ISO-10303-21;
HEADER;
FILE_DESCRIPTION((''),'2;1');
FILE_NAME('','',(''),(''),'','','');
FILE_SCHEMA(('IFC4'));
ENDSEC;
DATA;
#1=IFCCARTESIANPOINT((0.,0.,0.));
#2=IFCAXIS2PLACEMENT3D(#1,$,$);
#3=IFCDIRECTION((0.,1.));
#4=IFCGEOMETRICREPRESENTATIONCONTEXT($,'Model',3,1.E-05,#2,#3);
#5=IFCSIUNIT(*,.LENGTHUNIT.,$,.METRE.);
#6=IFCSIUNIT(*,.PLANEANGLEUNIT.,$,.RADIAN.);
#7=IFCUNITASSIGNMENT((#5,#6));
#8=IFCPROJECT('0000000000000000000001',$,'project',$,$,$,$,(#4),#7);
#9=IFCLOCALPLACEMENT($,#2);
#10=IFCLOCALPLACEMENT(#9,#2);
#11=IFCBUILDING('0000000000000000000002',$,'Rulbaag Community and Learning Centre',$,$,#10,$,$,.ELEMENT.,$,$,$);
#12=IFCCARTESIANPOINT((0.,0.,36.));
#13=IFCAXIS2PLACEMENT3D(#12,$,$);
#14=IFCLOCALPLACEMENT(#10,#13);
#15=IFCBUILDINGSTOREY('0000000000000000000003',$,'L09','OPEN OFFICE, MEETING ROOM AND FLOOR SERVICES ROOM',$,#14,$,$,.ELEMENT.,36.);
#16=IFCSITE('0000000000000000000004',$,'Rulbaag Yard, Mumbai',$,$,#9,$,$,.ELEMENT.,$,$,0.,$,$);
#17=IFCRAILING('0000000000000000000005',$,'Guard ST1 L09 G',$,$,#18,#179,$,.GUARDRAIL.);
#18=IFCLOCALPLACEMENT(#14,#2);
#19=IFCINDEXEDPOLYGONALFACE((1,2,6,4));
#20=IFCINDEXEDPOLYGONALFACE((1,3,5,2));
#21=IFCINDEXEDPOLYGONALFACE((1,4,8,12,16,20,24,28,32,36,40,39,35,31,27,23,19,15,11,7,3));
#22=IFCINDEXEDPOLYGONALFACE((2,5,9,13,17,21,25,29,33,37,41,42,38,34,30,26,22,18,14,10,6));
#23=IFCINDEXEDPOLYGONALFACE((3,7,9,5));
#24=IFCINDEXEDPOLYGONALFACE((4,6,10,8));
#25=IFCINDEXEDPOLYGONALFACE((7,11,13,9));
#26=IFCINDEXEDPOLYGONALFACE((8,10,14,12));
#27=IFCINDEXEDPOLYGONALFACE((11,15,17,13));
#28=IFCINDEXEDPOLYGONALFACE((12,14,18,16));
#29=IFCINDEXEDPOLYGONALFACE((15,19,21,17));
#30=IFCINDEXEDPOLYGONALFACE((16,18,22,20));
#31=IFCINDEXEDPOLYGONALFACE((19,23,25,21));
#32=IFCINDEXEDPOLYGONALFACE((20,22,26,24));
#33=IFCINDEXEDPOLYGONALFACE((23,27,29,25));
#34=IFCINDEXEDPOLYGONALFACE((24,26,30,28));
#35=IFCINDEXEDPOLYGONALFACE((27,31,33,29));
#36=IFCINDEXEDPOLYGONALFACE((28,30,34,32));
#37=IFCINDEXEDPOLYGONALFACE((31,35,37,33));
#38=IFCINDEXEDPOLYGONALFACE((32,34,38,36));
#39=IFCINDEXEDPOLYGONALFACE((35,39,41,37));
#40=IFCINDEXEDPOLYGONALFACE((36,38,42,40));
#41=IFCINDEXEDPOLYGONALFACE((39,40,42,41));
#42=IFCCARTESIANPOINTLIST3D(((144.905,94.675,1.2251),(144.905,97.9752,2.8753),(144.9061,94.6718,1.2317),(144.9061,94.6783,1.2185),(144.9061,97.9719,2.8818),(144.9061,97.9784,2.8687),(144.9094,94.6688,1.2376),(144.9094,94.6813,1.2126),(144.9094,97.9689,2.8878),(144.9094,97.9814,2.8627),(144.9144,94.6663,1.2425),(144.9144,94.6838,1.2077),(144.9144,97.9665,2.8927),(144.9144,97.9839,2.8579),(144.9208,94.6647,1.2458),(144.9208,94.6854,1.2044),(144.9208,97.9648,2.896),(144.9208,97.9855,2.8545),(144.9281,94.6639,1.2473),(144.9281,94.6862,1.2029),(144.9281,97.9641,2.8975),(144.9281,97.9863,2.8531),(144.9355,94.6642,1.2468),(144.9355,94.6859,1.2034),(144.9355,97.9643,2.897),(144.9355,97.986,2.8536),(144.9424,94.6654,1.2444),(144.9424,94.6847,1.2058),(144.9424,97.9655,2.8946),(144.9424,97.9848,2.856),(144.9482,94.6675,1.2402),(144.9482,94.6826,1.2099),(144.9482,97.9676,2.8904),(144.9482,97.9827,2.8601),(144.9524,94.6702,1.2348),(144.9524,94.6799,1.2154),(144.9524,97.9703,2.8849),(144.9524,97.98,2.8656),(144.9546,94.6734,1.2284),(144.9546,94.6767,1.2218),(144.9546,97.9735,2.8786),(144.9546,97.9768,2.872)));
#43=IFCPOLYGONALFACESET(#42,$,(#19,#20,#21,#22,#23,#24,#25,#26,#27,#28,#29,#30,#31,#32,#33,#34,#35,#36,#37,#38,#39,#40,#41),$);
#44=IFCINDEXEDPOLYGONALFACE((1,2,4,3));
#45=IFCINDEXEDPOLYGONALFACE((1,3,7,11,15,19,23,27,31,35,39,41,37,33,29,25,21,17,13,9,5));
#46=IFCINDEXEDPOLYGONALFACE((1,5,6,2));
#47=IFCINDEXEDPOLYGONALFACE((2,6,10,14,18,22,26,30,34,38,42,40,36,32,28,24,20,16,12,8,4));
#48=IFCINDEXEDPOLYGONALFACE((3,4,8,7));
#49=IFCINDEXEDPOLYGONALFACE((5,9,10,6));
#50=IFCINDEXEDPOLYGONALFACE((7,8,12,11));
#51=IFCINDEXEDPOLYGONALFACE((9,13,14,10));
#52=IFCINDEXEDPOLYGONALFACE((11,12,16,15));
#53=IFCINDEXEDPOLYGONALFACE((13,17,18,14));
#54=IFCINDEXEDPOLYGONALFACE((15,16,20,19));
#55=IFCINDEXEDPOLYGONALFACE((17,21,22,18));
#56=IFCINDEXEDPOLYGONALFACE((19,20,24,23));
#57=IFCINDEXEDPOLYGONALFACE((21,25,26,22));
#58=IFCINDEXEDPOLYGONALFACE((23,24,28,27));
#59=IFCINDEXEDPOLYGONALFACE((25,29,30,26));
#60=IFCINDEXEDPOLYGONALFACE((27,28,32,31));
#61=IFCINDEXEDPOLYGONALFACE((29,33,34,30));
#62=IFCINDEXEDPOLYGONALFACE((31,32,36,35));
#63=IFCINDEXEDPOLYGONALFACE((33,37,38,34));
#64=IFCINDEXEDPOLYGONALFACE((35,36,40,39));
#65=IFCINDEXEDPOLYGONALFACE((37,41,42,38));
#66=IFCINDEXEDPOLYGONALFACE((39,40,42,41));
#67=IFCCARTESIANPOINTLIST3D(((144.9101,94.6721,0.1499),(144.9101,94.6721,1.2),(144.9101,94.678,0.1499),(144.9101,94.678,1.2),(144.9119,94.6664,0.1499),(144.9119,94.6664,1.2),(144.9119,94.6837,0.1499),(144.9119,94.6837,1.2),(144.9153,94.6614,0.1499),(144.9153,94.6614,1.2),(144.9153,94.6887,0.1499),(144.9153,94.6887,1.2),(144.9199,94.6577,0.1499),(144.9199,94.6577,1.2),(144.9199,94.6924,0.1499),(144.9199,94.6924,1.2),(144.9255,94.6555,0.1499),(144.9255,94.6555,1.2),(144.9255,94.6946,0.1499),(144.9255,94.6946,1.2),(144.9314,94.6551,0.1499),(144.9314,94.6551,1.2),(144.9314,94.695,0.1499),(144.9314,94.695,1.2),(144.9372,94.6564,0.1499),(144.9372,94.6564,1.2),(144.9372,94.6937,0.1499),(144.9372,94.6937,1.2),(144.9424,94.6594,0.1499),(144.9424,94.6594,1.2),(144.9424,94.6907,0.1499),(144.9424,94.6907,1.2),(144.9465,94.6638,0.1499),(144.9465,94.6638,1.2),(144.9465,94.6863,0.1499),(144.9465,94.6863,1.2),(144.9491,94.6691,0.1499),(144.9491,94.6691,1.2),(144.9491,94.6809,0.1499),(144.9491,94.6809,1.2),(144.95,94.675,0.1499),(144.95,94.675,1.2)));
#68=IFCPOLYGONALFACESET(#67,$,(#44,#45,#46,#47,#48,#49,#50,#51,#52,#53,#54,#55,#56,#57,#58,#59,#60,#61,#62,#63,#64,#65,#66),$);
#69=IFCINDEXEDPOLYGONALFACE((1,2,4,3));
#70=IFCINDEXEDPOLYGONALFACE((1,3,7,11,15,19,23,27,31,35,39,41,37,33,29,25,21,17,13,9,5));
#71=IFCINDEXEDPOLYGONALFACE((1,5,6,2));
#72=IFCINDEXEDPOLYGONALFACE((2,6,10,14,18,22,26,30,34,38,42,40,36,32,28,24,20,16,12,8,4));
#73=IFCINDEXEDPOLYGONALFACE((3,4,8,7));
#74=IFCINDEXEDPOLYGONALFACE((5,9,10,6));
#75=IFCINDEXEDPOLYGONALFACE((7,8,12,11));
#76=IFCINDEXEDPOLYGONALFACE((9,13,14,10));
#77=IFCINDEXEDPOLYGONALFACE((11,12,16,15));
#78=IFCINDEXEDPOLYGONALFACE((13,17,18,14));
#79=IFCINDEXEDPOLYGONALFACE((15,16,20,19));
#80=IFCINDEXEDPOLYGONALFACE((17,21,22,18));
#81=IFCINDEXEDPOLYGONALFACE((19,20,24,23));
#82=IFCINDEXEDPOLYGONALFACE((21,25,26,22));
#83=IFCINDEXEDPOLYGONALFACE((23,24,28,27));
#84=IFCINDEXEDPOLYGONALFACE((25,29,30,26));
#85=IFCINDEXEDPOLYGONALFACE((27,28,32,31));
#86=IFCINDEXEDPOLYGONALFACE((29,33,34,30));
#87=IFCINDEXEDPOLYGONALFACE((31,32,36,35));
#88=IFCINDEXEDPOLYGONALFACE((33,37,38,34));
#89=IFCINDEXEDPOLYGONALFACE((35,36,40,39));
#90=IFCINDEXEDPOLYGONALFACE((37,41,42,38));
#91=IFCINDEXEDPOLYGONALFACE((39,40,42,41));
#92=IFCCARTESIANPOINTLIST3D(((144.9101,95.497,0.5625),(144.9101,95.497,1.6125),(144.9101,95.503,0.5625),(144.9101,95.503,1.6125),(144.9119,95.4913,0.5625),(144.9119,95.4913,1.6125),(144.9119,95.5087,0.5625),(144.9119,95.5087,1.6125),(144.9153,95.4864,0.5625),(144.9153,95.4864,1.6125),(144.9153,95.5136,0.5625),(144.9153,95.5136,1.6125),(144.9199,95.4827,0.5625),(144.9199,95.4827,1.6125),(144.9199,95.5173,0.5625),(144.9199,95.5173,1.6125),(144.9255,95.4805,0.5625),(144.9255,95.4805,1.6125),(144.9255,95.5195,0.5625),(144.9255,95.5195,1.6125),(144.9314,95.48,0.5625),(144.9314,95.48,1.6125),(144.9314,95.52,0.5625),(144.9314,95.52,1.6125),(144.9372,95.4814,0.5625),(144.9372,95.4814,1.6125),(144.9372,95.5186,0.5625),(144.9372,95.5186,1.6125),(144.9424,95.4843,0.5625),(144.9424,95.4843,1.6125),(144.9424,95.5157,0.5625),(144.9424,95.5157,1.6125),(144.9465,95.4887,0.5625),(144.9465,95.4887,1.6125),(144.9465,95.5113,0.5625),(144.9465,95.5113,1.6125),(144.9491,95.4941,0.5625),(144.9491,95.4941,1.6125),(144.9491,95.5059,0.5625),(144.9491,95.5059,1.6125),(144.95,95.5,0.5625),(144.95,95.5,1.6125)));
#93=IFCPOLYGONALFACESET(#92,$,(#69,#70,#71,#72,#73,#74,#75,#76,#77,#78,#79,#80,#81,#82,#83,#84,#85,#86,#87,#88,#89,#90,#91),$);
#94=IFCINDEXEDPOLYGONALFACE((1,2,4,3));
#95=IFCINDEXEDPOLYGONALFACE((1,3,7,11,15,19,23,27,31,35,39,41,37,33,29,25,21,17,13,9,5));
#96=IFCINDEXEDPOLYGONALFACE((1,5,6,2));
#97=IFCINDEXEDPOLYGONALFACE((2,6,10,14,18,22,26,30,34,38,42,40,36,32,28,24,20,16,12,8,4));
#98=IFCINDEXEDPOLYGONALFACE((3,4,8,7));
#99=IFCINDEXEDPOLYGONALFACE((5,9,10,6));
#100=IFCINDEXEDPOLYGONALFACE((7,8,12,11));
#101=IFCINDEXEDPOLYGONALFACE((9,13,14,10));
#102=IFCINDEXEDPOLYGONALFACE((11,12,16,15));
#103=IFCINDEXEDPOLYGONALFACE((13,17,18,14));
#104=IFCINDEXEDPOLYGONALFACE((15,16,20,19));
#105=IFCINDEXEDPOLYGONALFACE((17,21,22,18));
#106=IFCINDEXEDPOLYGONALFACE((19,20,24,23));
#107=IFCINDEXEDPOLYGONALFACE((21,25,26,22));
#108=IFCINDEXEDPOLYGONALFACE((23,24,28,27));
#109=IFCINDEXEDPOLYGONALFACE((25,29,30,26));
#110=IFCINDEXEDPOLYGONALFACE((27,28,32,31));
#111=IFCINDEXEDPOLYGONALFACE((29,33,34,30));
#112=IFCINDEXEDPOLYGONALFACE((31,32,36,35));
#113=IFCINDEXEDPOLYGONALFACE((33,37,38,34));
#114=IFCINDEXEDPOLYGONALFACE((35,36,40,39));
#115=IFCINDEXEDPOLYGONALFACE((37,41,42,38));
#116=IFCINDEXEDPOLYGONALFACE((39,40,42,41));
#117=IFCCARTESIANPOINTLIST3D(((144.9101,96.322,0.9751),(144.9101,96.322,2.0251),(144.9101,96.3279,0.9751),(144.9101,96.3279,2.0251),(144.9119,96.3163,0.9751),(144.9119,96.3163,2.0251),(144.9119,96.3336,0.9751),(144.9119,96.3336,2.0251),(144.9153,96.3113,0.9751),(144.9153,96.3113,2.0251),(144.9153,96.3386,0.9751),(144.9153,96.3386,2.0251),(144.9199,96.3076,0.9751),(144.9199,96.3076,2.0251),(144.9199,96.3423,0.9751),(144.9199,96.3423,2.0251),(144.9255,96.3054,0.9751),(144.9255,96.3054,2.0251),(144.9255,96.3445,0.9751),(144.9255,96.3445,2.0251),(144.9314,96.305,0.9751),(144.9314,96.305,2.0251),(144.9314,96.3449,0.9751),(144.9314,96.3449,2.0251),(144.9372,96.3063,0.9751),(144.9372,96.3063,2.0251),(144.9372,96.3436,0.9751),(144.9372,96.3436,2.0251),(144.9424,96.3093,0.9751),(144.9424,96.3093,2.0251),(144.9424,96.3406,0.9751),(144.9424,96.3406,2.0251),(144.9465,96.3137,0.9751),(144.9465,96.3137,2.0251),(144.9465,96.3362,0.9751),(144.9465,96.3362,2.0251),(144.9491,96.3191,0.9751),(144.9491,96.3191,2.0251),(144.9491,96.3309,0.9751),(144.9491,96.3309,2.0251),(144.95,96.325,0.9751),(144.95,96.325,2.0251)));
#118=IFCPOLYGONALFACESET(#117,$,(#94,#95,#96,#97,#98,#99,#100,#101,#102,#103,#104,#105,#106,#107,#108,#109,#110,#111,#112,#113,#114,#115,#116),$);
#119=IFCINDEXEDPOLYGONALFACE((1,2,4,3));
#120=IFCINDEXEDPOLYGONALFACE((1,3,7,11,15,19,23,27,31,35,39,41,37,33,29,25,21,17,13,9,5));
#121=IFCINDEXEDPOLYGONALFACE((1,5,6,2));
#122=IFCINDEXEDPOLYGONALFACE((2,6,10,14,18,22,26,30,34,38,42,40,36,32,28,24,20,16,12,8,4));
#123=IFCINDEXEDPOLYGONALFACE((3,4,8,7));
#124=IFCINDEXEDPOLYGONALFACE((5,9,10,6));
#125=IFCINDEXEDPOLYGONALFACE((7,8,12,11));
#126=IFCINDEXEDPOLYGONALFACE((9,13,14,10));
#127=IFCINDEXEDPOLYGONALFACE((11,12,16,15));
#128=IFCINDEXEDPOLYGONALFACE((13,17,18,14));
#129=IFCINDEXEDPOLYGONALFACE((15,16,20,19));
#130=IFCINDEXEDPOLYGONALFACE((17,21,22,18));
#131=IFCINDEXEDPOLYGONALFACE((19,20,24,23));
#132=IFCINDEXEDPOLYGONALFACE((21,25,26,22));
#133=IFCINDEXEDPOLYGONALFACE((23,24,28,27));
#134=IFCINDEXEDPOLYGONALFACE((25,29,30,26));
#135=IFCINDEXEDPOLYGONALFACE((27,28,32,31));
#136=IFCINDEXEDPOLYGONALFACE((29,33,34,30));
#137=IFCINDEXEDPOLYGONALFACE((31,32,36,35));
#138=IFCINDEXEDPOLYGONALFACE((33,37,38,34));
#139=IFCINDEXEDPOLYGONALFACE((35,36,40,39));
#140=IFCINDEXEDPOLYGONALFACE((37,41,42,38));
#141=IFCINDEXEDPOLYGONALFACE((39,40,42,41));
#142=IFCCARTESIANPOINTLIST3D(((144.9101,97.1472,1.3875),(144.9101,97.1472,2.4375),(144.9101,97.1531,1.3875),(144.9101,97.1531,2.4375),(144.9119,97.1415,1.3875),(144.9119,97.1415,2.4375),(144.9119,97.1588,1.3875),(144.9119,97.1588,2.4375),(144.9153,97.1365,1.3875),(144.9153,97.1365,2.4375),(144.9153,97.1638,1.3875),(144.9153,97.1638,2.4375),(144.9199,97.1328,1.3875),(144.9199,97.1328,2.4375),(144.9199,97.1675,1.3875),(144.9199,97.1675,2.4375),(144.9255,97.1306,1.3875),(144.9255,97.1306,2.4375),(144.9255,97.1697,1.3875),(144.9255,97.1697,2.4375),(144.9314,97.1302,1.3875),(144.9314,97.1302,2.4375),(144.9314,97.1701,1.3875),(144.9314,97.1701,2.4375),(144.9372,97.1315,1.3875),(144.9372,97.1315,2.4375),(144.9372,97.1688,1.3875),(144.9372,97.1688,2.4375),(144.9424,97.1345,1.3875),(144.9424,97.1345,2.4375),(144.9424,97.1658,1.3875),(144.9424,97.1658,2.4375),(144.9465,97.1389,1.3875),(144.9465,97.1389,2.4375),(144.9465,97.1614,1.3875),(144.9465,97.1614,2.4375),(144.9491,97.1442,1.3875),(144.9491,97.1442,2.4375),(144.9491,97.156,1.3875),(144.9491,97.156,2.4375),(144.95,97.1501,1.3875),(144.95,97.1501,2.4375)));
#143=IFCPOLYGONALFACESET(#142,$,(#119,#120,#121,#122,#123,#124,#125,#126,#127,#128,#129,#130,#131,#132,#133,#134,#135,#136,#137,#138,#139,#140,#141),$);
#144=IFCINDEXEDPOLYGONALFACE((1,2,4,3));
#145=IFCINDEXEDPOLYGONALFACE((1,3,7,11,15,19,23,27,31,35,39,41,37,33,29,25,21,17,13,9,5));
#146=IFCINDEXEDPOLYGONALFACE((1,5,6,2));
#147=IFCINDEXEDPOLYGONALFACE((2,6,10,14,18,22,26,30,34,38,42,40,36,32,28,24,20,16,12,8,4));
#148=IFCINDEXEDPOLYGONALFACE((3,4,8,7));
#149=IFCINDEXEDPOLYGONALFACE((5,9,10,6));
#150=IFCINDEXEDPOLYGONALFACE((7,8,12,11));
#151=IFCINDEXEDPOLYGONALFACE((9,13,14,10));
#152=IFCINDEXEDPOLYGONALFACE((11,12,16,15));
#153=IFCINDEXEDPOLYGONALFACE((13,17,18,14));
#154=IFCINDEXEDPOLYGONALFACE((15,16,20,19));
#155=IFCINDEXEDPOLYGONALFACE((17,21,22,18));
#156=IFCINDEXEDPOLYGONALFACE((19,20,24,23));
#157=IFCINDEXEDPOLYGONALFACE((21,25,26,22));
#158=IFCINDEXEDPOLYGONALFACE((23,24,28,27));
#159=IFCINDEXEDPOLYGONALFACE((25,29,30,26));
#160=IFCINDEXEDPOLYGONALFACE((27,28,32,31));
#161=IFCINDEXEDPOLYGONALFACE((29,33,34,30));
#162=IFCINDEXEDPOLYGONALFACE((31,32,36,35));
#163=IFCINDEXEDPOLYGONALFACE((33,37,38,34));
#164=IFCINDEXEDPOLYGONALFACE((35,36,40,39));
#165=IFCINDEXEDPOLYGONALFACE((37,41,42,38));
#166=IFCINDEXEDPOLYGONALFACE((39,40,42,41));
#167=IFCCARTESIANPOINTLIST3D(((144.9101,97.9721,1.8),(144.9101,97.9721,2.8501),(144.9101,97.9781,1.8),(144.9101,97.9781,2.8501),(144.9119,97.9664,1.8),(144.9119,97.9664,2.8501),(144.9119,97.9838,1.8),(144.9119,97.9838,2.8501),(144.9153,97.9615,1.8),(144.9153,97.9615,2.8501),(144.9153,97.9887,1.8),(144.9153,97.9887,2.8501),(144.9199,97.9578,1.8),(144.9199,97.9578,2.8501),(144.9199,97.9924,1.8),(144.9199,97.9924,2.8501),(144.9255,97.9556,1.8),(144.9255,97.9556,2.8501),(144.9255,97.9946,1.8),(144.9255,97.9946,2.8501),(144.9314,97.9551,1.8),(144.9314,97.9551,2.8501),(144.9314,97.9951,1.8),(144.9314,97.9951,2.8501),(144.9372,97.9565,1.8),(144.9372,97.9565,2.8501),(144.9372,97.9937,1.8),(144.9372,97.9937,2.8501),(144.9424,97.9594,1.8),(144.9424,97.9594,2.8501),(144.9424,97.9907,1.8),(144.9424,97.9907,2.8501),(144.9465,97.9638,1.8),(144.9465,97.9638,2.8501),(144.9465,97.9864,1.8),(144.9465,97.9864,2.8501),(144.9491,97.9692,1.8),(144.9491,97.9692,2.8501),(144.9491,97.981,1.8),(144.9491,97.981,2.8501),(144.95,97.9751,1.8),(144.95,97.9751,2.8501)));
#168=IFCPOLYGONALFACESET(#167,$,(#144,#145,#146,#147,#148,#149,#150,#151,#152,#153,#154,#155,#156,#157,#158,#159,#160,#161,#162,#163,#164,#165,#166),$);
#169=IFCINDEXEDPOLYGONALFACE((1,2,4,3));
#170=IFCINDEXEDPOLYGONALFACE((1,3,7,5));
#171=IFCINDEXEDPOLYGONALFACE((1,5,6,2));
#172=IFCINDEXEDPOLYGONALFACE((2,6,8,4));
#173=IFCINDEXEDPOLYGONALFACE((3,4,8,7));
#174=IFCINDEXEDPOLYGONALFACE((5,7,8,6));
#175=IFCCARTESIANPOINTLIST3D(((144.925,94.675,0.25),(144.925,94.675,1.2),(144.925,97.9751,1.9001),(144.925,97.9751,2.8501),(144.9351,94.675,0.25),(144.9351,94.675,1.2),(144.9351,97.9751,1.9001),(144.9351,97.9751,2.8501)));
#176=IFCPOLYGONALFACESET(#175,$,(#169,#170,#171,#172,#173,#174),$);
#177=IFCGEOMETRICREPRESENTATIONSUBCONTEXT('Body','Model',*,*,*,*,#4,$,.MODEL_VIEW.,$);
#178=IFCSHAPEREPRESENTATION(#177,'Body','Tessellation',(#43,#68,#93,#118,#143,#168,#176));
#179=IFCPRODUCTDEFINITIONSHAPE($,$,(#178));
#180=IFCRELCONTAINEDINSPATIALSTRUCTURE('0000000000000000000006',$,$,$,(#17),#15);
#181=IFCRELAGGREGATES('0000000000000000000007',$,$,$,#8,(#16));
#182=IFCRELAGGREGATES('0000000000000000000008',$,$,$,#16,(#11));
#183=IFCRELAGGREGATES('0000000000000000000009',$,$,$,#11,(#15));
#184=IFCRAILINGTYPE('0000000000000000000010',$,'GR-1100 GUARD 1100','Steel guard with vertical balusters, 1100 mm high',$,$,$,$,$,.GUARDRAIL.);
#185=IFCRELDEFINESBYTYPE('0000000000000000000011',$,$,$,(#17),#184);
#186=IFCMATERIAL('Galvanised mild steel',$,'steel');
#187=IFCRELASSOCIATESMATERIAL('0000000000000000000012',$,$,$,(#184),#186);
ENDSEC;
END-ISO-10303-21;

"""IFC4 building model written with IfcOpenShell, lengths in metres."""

from ifc_helpers import new_model, si_unit, direction, frame, origin, origin_2d, place, context, subcontext, project, spatial, polyline, circle, outline, extrude, material, type_object, element, save


model = new_model("IFC4")

# Units and contexts
model_context = context("Model", 3, precision=1e-05, world=origin(), true_north=direction((0.0, 1.0)))
body_context = subcontext(model_context, "Body", "Model", "MODEL_VIEW")
ifc_project = project(units=[si_unit("LENGTHUNIT", "METRE"), si_unit("PLANEANGLEUNIT", "RADIAN")], contexts=[model_context])

# Site, building, storey
site_placement = place(None, origin())
site = spatial("IfcSite", under=ifc_project, at=site_placement, Name="Rulbaag Yard, Mumbai", CompositionType="ELEMENT", RefElevation=0.0)
building_placement = place(site_placement, origin())
building = spatial("IfcBuilding", under=site, at=building_placement, Name="Rulbaag Community and Learning Centre", CompositionType="ELEMENT")
storey_placement = place(building_placement, frame((0.0, 0.0, 36.0)))
storey = spatial("IfcBuildingStorey", under=building, at=storey_placement, Name="L09", Description="OPEN OFFICE, MEETING ROOM AND FLOOR SERVICES ROOM", CompositionType="ELEMENT", Elevation=36.0)

# Railing
ifc_material_1 = material(Name="Galvanised mild steel", Category="steel")
railing_type_1 = type_object("IfcRailingType", Name="GR-1100 GUARD 1100", Description="Steel guard with vertical balusters, 1100 mm high", PredefinedType="GUARDRAIL", material=ifc_material_1)
railing_1_placement = place(storey_placement, frame((144.9299, 94.675, 0.1499)))
element("IfcRailing", 1, at=railing_1_placement, inside=storey, type_object=railing_type_1, Name="Guard ST1 L09 G", PredefinedType="GUARDRAIL", context=body_context, shape_type="SweptSolid", body=[
    extrude(circle(Radius=0.0249, at=origin_2d()), frame((0.0, 0.0, 1.0752), z_axis=(0.0, 0.894414, 0.44724), x_axis=(-1.0, 0.0, 0.0)), (0.0, 0.0, 1.0), 3.6897),
    extrude(circle(Radius=0.02, at=origin_2d()), origin(), (0.0, 0.0, 1.0), 1.05),
    extrude(circle(Radius=0.02, at=origin_2d()), frame((0.0, 0.825, 0.4126)), (0.0, 0.0, 1.0), 1.05),
    extrude(circle(Radius=0.02, at=origin_2d()), frame((0.0, 1.6499, 0.8252)), (0.0, 0.0, 1.0), 1.05),
    extrude(circle(Radius=0.02, at=origin_2d()), frame((0.0, 2.4751, 1.2375)), (0.0, 0.0, 1.0), 1.05),
    extrude(circle(Radius=0.02, at=origin_2d()), frame((0.0, 3.3, 1.6501)), (0.0, 0.0, 1.0), 1.05),
    extrude(outline(polyline([(0.0, 0.0), (3.3, 1.6501), (3.3, 2.6001), (0.0, 0.95), (0.0, 0.0)])), frame((-0.0049, 0.0, 0.1001), z_axis=(1.0, 0.0, 0.0), x_axis=(0.0, 1.0, 0.0)), (0.0, 0.0, 1.0), 0.01),
])

save(model, "model.ifc")
